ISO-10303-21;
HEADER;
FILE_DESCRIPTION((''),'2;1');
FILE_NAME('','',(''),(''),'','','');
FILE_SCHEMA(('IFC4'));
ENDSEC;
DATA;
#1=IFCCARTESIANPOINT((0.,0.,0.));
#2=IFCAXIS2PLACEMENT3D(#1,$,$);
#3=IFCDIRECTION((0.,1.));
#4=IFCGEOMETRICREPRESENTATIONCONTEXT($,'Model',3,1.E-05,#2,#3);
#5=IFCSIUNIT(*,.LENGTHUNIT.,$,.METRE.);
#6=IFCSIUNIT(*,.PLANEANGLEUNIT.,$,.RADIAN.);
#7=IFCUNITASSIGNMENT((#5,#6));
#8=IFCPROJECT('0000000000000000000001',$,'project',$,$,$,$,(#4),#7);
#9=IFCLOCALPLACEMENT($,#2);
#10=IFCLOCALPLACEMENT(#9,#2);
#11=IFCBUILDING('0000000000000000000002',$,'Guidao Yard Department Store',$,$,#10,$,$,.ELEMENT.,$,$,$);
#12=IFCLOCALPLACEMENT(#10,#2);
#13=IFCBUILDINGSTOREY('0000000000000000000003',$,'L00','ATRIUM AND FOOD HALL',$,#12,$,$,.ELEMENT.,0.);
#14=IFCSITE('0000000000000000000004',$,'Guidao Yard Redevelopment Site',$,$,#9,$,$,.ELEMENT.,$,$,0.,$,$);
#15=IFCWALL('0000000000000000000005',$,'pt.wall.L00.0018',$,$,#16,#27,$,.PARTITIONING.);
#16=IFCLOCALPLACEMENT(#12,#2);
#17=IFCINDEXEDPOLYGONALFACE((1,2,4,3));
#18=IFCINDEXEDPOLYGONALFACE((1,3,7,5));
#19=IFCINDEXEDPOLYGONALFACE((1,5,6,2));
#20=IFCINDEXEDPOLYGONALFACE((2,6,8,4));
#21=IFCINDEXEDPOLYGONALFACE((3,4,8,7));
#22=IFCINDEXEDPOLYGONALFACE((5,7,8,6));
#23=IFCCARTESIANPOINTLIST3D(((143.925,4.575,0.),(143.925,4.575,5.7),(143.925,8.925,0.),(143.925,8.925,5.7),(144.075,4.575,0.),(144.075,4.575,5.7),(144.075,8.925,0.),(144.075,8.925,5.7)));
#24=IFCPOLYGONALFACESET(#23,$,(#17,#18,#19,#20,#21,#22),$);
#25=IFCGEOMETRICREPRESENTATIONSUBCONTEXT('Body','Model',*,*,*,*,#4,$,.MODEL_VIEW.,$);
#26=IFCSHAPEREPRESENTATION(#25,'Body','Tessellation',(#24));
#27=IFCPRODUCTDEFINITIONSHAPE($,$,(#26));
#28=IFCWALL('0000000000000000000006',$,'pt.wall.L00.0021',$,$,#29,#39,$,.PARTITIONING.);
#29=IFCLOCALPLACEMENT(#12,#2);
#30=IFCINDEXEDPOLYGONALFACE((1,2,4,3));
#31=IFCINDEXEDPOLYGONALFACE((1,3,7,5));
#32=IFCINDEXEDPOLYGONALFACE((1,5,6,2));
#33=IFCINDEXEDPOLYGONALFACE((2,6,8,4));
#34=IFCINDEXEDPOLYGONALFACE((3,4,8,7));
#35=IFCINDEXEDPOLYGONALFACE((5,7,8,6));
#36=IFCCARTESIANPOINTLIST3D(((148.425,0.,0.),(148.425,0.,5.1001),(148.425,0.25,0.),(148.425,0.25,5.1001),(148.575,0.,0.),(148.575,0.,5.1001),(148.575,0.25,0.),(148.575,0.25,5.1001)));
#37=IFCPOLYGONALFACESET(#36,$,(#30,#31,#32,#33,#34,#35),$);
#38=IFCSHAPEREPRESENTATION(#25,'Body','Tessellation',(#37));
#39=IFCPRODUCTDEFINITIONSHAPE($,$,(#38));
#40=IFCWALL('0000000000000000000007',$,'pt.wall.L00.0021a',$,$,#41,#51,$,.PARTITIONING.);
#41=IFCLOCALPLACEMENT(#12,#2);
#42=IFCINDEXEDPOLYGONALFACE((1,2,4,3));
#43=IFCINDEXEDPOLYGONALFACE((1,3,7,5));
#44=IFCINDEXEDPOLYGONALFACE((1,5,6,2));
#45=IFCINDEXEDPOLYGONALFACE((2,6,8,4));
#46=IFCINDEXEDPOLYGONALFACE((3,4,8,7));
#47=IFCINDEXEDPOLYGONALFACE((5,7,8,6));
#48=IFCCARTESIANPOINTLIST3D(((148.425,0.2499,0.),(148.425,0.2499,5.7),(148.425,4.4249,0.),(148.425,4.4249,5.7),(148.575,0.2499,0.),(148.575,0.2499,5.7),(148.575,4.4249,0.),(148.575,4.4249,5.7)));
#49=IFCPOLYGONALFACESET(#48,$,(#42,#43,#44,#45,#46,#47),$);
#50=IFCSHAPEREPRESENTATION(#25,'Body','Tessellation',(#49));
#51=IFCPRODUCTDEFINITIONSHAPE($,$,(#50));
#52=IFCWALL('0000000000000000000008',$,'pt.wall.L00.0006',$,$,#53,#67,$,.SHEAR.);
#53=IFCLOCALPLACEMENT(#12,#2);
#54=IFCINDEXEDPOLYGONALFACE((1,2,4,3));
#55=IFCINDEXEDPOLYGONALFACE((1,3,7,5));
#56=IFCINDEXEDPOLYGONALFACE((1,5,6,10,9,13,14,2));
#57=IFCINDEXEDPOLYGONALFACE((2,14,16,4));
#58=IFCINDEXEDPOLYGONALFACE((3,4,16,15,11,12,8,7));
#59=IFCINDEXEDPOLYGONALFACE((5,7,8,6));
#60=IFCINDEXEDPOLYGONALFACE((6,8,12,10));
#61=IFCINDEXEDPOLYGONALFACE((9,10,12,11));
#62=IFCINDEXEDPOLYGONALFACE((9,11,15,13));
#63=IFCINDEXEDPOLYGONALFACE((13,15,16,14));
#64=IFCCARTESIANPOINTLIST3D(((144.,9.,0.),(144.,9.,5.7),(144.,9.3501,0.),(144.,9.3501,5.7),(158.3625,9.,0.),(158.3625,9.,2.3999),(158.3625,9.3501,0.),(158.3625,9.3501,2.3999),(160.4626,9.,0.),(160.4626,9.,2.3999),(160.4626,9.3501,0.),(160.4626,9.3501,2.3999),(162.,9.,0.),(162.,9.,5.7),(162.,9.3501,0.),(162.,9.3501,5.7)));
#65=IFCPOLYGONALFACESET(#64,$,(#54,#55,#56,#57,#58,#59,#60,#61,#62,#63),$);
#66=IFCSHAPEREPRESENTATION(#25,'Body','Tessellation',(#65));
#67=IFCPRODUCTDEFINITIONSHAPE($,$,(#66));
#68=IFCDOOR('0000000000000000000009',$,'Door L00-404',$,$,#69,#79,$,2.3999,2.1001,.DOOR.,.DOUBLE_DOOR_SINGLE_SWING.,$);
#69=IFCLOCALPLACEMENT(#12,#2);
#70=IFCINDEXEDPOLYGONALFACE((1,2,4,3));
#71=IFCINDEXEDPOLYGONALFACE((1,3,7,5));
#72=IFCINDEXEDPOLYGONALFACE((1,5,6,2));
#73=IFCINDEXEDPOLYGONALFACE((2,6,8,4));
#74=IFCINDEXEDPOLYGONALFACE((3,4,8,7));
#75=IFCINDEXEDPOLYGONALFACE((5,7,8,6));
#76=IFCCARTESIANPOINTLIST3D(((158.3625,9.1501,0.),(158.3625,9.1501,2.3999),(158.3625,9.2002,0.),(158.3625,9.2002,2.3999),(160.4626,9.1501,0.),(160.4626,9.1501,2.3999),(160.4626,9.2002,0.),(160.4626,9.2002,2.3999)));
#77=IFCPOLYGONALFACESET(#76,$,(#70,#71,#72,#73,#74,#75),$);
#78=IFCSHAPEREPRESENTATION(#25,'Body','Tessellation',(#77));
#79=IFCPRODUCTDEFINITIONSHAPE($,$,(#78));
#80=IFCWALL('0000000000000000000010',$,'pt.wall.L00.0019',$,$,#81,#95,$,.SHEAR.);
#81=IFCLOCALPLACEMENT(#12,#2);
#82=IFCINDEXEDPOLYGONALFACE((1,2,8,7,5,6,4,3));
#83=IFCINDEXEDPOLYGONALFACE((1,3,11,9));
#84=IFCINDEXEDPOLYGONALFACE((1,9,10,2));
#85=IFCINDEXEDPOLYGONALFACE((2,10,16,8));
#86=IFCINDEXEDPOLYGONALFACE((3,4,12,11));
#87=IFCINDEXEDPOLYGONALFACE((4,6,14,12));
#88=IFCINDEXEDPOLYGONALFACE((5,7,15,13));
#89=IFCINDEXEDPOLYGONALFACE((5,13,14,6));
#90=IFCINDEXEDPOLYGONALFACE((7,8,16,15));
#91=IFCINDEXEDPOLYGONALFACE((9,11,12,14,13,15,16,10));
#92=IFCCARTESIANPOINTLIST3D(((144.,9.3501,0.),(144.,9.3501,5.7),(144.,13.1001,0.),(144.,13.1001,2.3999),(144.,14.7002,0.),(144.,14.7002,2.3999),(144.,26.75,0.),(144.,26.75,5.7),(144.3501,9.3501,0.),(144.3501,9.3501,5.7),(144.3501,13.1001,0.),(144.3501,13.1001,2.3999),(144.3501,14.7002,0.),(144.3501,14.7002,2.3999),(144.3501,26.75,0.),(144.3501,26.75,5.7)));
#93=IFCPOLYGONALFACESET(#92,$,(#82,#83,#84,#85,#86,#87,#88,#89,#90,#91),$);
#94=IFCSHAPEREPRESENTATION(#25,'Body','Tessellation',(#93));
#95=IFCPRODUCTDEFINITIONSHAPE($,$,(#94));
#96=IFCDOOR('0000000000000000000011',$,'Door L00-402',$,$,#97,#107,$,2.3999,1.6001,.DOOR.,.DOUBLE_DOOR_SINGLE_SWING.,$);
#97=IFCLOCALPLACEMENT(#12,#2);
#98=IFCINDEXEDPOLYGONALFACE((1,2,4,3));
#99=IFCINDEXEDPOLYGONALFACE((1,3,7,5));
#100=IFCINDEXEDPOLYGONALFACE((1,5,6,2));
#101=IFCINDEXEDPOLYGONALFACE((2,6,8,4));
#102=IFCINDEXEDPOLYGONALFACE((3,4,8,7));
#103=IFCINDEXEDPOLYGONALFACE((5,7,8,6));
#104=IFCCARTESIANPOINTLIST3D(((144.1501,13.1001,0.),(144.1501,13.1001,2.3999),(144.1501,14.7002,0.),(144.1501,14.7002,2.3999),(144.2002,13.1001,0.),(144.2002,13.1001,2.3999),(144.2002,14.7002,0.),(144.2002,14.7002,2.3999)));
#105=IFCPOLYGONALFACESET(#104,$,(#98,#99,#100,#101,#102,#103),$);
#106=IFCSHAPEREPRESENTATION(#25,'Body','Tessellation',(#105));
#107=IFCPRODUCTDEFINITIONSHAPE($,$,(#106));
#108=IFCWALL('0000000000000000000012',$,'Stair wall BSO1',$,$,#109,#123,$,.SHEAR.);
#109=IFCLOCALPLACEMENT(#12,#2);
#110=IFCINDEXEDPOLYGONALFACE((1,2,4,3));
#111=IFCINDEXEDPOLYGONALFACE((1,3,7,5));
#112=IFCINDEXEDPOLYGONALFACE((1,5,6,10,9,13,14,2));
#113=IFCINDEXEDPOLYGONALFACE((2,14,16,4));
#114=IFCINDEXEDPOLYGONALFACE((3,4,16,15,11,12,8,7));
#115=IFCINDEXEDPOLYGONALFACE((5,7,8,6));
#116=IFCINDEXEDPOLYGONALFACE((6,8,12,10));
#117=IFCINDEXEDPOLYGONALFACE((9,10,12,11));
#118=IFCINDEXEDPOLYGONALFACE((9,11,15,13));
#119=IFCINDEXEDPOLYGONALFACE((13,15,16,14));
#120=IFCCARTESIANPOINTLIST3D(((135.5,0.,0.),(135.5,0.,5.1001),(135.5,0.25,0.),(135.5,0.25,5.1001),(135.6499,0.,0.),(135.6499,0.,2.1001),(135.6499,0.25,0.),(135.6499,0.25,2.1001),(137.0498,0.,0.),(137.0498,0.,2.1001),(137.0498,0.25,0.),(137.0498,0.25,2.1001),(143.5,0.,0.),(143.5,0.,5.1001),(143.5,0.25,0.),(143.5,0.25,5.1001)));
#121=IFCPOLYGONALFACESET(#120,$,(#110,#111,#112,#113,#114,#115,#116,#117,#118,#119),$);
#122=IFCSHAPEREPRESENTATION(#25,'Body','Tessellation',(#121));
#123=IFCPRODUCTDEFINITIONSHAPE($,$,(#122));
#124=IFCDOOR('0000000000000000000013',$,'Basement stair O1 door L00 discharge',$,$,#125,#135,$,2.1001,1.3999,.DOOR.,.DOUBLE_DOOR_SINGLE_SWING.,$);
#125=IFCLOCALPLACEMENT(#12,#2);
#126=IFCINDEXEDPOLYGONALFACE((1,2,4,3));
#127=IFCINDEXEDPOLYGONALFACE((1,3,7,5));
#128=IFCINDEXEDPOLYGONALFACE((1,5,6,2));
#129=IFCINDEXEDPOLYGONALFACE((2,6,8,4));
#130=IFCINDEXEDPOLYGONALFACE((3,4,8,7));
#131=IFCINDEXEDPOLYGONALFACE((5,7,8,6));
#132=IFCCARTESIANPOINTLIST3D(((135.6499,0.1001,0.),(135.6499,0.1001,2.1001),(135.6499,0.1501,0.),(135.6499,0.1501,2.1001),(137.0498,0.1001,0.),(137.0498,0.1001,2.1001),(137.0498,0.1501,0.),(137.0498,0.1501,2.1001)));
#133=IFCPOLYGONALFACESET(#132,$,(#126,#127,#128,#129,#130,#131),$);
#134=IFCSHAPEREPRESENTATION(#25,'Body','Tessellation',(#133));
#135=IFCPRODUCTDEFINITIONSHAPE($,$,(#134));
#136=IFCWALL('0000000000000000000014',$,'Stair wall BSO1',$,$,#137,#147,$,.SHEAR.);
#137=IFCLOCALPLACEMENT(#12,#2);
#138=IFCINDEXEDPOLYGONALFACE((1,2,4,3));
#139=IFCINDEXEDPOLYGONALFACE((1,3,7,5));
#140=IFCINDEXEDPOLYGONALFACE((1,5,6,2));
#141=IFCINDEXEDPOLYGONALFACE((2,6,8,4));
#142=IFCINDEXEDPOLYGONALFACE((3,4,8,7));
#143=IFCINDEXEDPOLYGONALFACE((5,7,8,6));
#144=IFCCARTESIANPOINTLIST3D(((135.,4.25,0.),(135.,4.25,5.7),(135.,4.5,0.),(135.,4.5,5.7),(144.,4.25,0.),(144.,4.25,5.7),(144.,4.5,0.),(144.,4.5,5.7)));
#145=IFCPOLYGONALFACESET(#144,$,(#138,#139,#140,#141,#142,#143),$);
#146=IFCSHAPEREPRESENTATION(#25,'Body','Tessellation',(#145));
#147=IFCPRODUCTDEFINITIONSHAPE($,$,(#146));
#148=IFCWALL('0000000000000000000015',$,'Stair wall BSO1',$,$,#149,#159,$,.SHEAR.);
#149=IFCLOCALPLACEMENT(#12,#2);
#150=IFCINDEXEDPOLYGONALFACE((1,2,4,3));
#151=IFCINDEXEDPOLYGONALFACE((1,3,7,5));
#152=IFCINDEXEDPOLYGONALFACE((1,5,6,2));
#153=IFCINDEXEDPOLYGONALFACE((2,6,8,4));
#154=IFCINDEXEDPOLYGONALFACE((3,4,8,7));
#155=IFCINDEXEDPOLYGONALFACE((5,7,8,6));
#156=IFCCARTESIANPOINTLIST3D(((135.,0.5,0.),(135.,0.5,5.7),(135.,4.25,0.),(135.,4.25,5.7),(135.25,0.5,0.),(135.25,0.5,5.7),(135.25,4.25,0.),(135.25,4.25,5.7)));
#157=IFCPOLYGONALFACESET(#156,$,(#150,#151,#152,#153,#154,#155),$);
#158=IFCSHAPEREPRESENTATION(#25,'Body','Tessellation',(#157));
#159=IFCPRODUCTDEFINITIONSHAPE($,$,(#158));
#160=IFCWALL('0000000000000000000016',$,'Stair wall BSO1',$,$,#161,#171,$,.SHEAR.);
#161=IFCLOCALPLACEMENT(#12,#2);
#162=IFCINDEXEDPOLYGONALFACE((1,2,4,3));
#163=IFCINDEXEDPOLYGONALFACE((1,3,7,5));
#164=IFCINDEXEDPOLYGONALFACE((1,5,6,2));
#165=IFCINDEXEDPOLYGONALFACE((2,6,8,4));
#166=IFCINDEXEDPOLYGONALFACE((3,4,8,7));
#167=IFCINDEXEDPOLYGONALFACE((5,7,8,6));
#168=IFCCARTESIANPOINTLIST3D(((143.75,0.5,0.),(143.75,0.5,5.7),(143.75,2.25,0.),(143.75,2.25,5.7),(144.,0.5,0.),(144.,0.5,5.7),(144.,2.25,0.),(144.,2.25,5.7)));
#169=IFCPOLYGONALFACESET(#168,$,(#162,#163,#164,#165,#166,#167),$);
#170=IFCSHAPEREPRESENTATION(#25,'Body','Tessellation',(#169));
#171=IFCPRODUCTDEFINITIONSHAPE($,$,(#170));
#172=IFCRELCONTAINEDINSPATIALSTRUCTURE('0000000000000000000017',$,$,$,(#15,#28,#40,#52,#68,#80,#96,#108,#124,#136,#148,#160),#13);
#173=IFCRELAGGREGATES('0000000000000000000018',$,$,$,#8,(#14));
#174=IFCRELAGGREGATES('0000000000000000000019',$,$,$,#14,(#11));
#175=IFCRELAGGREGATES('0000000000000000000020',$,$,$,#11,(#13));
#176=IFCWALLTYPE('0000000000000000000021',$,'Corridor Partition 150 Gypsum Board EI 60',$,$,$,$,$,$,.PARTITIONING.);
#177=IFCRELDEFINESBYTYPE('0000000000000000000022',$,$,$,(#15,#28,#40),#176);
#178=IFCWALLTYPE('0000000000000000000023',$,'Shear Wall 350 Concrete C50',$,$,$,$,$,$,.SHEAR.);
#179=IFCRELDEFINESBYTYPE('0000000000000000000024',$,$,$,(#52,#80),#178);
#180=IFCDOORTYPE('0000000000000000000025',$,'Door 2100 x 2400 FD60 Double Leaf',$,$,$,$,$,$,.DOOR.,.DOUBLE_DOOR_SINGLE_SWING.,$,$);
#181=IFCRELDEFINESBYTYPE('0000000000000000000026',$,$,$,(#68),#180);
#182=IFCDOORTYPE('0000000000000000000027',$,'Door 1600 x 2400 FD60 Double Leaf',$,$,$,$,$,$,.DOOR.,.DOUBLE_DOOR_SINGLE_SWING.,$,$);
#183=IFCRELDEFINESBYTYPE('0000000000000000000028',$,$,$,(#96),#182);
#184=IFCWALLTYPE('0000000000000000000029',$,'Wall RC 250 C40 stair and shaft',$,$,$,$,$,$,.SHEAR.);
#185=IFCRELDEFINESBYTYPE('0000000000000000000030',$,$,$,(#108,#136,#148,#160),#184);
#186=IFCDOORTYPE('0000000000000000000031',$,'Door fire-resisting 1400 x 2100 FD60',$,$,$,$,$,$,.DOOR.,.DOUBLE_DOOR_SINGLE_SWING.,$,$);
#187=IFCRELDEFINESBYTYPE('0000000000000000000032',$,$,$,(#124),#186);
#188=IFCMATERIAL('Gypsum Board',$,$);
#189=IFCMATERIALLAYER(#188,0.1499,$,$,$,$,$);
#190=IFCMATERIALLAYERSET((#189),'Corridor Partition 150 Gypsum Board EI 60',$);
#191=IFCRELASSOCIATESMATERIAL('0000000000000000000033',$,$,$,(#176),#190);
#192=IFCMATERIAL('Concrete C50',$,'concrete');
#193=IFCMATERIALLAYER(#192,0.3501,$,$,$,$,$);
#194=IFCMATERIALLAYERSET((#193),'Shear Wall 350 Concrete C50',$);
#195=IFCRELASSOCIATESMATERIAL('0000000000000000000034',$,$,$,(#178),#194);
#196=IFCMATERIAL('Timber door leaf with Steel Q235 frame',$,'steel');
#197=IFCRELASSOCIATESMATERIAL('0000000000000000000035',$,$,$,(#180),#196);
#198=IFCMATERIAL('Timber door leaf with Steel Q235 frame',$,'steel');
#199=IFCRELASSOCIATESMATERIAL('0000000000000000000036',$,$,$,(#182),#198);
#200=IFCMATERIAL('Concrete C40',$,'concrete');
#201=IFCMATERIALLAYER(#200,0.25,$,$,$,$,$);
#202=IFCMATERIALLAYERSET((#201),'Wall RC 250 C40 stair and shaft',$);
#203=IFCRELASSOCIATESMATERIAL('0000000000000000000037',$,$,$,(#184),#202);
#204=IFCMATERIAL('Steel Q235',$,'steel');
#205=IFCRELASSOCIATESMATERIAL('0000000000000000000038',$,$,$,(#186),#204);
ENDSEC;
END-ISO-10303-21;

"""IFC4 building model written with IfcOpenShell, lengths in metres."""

from ifc_helpers import new_model, si_unit, direction, frame, frame_2d, origin, place, context, subcontext, project, spatial, rectangle, extrude, material, layer, layer_set, type_object, element, fill, save


model = new_model("IFC4")

# Units and contexts
model_context = context("Model", 3, precision=1e-05, world=origin(), true_north=direction((0.0, 1.0)))
body_context = subcontext(model_context, "Body", "Model", "MODEL_VIEW")
ifc_project = project(units=[si_unit("LENGTHUNIT", "METRE"), si_unit("PLANEANGLEUNIT", "RADIAN")], contexts=[model_context])

# Site, building, storey
site_placement = place(None, origin())
site = spatial("IfcSite", under=ifc_project, at=site_placement, Name="Guidao Yard Redevelopment Site", CompositionType="ELEMENT", RefElevation=0.0)
building_placement = place(site_placement, origin())
building = spatial("IfcBuilding", under=site, at=building_placement, Name="Guidao Yard Department Store", CompositionType="ELEMENT")
storey_placement = place(building_placement, origin())
storey = spatial("IfcBuildingStorey", under=building, at=storey_placement, Name="L00", Description="ATRIUM AND FOOD HALL", CompositionType="ELEMENT", Elevation=0.0)

# Shared definitions
ifc_material_1 = material(Name="Gypsum Board")
ifc_layer_1 = layer(ifc_material_1, 0.1499)
ifc_layer_set_1 = layer_set([ifc_layer_1], Name="Corridor Partition 150 Gypsum Board EI 60")
wall_type_1 = type_object("IfcWallType", Name="Corridor Partition 150 Gypsum Board EI 60", PredefinedType="PARTITIONING", material=ifc_layer_set_1)

# Walls
wall_1_placement = place(storey_placement, frame((144.0, 4.575, 0.0), z_axis=(0.0, 0.0, 1.0), x_axis=(0.0, 1.0, 0.0)))
element("IfcWall", 1, at=wall_1_placement, inside=storey, type_object=wall_type_1, Name="pt.wall.L00.0018", PredefinedType="PARTITIONING", context=body_context, shape_type="SweptSolid", body=[
    extrude(rectangle(XDim=4.3501, YDim=0.1499, at=frame_2d((2.175, 0.0))), origin(), (0.0, 0.0, 1.0), 5.7),
])
wall_2_placement = place(storey_placement, frame((148.5, 0.0, 0.0), z_axis=(0.0, 0.0, 1.0), x_axis=(0.0, 1.0, 0.0)))
element("IfcWall", 2, at=wall_2_placement, inside=storey, type_object=wall_type_1, Name="pt.wall.L00.0021", PredefinedType="PARTITIONING", context=body_context, shape_type="SweptSolid", body=[
    extrude(rectangle(XDim=0.25, YDim=0.1499, at=frame_2d((0.125, 0.0))), origin(), (0.0, 0.0, 1.0), 5.1001),
])
wall_3_placement = place(storey_placement, frame((148.5, 0.25, 0.0), z_axis=(0.0, 0.0, 1.0), x_axis=(0.0, 1.0, 0.0)))
element("IfcWall", 3, at=wall_3_placement, inside=storey, type_object=wall_type_1, Name="pt.wall.L00.0021a", PredefinedType="PARTITIONING", context=body_context, shape_type="SweptSolid", body=[
    extrude(rectangle(XDim=4.175, YDim=0.1499, at=frame_2d((2.0874, 0.0))), origin(), (0.0, 0.0, 1.0), 5.7),
])

# Walls, openings, doors
ifc_material_2 = material(Name="Concrete C50", Category="concrete")
ifc_layer_2 = layer(ifc_material_2, 0.3501)
ifc_layer_set_2 = layer_set([ifc_layer_2], Name="Shear Wall 350 Concrete C50")
wall_type_2 = type_object("IfcWallType", Name="Shear Wall 350 Concrete C50", PredefinedType="SHEAR", material=ifc_layer_set_2)
wall_4_placement = place(storey_placement, frame((144.0, 9.175, 0.0), z_axis=(0.0, 0.0, 1.0), x_axis=(1.0, 0.0, 0.0)))
wall_4 = element("IfcWall", 4, at=wall_4_placement, inside=storey, type_object=wall_type_2, Name="pt.wall.L00.0006", PredefinedType="SHEAR", context=body_context, shape_type="SweptSolid", body=[
    extrude(rectangle(XDim=18.0, YDim=0.3501, at=frame_2d((9.0, 0.0))), origin(), (0.0, 0.0, 1.0), 5.7),
])
opening_1_placement = place(wall_4_placement, frame((16.4626, 0.0, 0.0), z_axis=(0.0, 0.0, 1.0), x_axis=(-1.0, 0.0, 0.0)))
opening_1 = element("IfcOpeningElement", 5, at=opening_1_placement, cuts=wall_4, PredefinedType="OPENING", context=body_context, shape_type="SweptSolid", body=[
    extrude(rectangle(XDim=2.1001, YDim=2.3999, at=frame_2d((1.05, 1.2))), frame((0.0, 0.1851, 0.0), z_axis=(0.0, -1.0, 0.0), x_axis=(1.0, 0.0, 0.0)), (0.0, 0.0, 1.0), 0.3701),
])
ifc_material_3 = material(Name="Timber door leaf with Steel Q235 frame", Category="steel")
door_type_1 = type_object("IfcDoorType", Name="Door 2100 x 2400 FD60 Double Leaf", OperationType="DOUBLE_DOOR_SINGLE_SWING", PredefinedType="DOOR", material=ifc_material_3)
door_1_placement = place(opening_1_placement, origin())
door_1 = element("IfcDoor", 6, at=door_1_placement, inside=storey, type_object=door_type_1, Name="Door L00-404", OperationType="DOUBLE_DOOR_SINGLE_SWING", OverallHeight=2.3999, OverallWidth=2.1001, PredefinedType="DOOR", context=body_context, shape_type="SweptSolid", body=[
    extrude(rectangle(XDim=2.1001, YDim=2.3999, at=frame_2d((1.05, 1.2))), frame((0.0, 0.0249, 0.0), z_axis=(0.0, -1.0, 0.0), x_axis=(1.0, 0.0, 0.0)), (0.0, 0.0, 1.0), 0.05),
])
fill(opening_1, door_1)
wall_5_placement = place(storey_placement, frame((144.175, 9.3501, 0.0), z_axis=(0.0, 0.0, 1.0), x_axis=(0.0, 1.0, 0.0)))
wall_5 = element("IfcWall", 7, at=wall_5_placement, inside=storey, type_object=wall_type_2, Name="pt.wall.L00.0019", PredefinedType="SHEAR", context=body_context, shape_type="SweptSolid", body=[
    extrude(rectangle(XDim=17.3999, YDim=0.3501, at=frame_2d((8.7, 0.0))), origin(), (0.0, 0.0, 1.0), 5.7),
])
opening_2_placement = place(wall_5_placement, frame((3.75, 0.0, 0.0)))
opening_2 = element("IfcOpeningElement", 8, at=opening_2_placement, cuts=wall_5, PredefinedType="OPENING", context=body_context, shape_type="SweptSolid", body=[
    extrude(rectangle(XDim=1.6001, YDim=2.3999, at=frame_2d((0.8, 1.2))), frame((0.0, 0.1851, 0.0), z_axis=(0.0, -1.0, 0.0), x_axis=(1.0, 0.0, 0.0)), (0.0, 0.0, 1.0), 0.3701),
])
ifc_material_4 = material(Name="Timber door leaf with Steel Q235 frame", Category="steel")
door_type_2 = type_object("IfcDoorType", Name="Door 1600 x 2400 FD60 Double Leaf", OperationType="DOUBLE_DOOR_SINGLE_SWING", PredefinedType="DOOR", material=ifc_material_4)
door_2_placement = place(opening_2_placement, origin())
door_2 = element("IfcDoor", 9, at=door_2_placement, inside=storey, type_object=door_type_2, Name="Door L00-402", OperationType="DOUBLE_DOOR_SINGLE_SWING", OverallHeight=2.3999, OverallWidth=1.6001, PredefinedType="DOOR", context=body_context, shape_type="SweptSolid", body=[
    extrude(rectangle(XDim=1.6001, YDim=2.3999, at=frame_2d((0.8, 1.2))), frame((0.0, 0.0249, 0.0), z_axis=(0.0, -1.0, 0.0), x_axis=(1.0, 0.0, 0.0)), (0.0, 0.0, 1.0), 0.05),
])
fill(opening_2, door_2)
ifc_material_5 = material(Name="Concrete C40", Category="concrete")
ifc_layer_3 = layer(ifc_material_5, 0.25)
ifc_layer_set_3 = layer_set([ifc_layer_3], Name="Wall RC 250 C40 stair and shaft")
wall_type_3 = type_object("IfcWallType", Name="Wall RC 250 C40 stair and shaft", PredefinedType="SHEAR", material=ifc_layer_set_3)
wall_6_placement = place(storey_placement, frame((135.5, 0.125, 0.0), z_axis=(0.0, 0.0, 1.0), x_axis=(1.0, 0.0, 0.0)))
wall_6 = element("IfcWall", 10, at=wall_6_placement, inside=storey, type_object=wall_type_3, Name="Stair wall BSO1", PredefinedType="SHEAR", context=body_context, shape_type="SweptSolid", body=[
    extrude(rectangle(XDim=8.0, YDim=0.25, at=frame_2d((4.0, 0.0))), origin(), (0.0, 0.0, 1.0), 5.1001),
])
opening_3_placement = place(wall_6_placement, frame((1.5498, 0.0, 0.0), z_axis=(0.0, 0.0, 1.0), x_axis=(-1.0, 0.0, 0.0)))
opening_3 = element("IfcOpeningElement", 11, at=opening_3_placement, cuts=wall_6, PredefinedType="OPENING", context=body_context, shape_type="SweptSolid", body=[
    extrude(rectangle(XDim=1.3999, YDim=2.1001, at=frame_2d((0.7, 1.05))), frame((0.0, 0.135, 0.0), z_axis=(0.0, -1.0, 0.0), x_axis=(1.0, 0.0, 0.0)), (0.0, 0.0, 1.0), 0.27),
])
ifc_material_6 = material(Name="Steel Q235", Category="steel")
door_type_3 = type_object("IfcDoorType", Name="Door fire-resisting 1400 x 2100 FD60", OperationType="DOUBLE_DOOR_SINGLE_SWING", PredefinedType="DOOR", material=ifc_material_6)
door_3_placement = place(opening_3_placement, origin())
door_3 = element("IfcDoor", 12, at=door_3_placement, inside=storey, type_object=door_type_3, Name="Basement stair O1 door L00 discharge", OperationType="DOUBLE_DOOR_SINGLE_SWING", OverallHeight=2.1001, OverallWidth=1.3999, PredefinedType="DOOR", context=body_context, shape_type="SweptSolid", body=[
    extrude(rectangle(XDim=1.3999, YDim=2.1001, at=frame_2d((0.7, 1.05))), frame((0.0, 0.0249, 0.0), z_axis=(0.0, -1.0, 0.0), x_axis=(1.0, 0.0, 0.0)), (0.0, 0.0, 1.0), 0.05),
])
fill(opening_3, door_3)

# Walls
wall_7_placement = place(storey_placement, frame((135.0, 4.375, 0.0), z_axis=(0.0, 0.0, 1.0), x_axis=(1.0, 0.0, 0.0)))
element("IfcWall", 13, at=wall_7_placement, inside=storey, type_object=wall_type_3, Name="Stair wall BSO1", PredefinedType="SHEAR", context=body_context, shape_type="SweptSolid", body=[
    extrude(rectangle(XDim=9.0, YDim=0.25, at=frame_2d((4.5, 0.0))), origin(), (0.0, 0.0, 1.0), 5.7),
])
wall_8_placement = place(storey_placement, frame((135.125, 0.5, 0.0), z_axis=(0.0, 0.0, 1.0), x_axis=(0.0, 1.0, 0.0)))
element("IfcWall", 14, at=wall_8_placement, inside=storey, type_object=wall_type_3, Name="Stair wall BSO1", PredefinedType="SHEAR", context=body_context, shape_type="SweptSolid", body=[
    extrude(rectangle(XDim=3.75, YDim=0.25, at=frame_2d((1.875, 0.0))), origin(), (0.0, 0.0, 1.0), 5.7),
])
wall_9_placement = place(storey_placement, frame((143.875, 0.5, 0.0), z_axis=(0.0, 0.0, 1.0), x_axis=(0.0, 1.0, 0.0)))
element("IfcWall", 15, at=wall_9_placement, inside=storey, type_object=wall_type_3, Name="Stair wall BSO1", PredefinedType="SHEAR", context=body_context, shape_type="SweptSolid", body=[
    extrude(rectangle(XDim=1.75, YDim=0.25, at=frame_2d((0.875, 0.0))), origin(), (0.0, 0.0, 1.0), 5.7),
])

save(model, "model.ifc")
